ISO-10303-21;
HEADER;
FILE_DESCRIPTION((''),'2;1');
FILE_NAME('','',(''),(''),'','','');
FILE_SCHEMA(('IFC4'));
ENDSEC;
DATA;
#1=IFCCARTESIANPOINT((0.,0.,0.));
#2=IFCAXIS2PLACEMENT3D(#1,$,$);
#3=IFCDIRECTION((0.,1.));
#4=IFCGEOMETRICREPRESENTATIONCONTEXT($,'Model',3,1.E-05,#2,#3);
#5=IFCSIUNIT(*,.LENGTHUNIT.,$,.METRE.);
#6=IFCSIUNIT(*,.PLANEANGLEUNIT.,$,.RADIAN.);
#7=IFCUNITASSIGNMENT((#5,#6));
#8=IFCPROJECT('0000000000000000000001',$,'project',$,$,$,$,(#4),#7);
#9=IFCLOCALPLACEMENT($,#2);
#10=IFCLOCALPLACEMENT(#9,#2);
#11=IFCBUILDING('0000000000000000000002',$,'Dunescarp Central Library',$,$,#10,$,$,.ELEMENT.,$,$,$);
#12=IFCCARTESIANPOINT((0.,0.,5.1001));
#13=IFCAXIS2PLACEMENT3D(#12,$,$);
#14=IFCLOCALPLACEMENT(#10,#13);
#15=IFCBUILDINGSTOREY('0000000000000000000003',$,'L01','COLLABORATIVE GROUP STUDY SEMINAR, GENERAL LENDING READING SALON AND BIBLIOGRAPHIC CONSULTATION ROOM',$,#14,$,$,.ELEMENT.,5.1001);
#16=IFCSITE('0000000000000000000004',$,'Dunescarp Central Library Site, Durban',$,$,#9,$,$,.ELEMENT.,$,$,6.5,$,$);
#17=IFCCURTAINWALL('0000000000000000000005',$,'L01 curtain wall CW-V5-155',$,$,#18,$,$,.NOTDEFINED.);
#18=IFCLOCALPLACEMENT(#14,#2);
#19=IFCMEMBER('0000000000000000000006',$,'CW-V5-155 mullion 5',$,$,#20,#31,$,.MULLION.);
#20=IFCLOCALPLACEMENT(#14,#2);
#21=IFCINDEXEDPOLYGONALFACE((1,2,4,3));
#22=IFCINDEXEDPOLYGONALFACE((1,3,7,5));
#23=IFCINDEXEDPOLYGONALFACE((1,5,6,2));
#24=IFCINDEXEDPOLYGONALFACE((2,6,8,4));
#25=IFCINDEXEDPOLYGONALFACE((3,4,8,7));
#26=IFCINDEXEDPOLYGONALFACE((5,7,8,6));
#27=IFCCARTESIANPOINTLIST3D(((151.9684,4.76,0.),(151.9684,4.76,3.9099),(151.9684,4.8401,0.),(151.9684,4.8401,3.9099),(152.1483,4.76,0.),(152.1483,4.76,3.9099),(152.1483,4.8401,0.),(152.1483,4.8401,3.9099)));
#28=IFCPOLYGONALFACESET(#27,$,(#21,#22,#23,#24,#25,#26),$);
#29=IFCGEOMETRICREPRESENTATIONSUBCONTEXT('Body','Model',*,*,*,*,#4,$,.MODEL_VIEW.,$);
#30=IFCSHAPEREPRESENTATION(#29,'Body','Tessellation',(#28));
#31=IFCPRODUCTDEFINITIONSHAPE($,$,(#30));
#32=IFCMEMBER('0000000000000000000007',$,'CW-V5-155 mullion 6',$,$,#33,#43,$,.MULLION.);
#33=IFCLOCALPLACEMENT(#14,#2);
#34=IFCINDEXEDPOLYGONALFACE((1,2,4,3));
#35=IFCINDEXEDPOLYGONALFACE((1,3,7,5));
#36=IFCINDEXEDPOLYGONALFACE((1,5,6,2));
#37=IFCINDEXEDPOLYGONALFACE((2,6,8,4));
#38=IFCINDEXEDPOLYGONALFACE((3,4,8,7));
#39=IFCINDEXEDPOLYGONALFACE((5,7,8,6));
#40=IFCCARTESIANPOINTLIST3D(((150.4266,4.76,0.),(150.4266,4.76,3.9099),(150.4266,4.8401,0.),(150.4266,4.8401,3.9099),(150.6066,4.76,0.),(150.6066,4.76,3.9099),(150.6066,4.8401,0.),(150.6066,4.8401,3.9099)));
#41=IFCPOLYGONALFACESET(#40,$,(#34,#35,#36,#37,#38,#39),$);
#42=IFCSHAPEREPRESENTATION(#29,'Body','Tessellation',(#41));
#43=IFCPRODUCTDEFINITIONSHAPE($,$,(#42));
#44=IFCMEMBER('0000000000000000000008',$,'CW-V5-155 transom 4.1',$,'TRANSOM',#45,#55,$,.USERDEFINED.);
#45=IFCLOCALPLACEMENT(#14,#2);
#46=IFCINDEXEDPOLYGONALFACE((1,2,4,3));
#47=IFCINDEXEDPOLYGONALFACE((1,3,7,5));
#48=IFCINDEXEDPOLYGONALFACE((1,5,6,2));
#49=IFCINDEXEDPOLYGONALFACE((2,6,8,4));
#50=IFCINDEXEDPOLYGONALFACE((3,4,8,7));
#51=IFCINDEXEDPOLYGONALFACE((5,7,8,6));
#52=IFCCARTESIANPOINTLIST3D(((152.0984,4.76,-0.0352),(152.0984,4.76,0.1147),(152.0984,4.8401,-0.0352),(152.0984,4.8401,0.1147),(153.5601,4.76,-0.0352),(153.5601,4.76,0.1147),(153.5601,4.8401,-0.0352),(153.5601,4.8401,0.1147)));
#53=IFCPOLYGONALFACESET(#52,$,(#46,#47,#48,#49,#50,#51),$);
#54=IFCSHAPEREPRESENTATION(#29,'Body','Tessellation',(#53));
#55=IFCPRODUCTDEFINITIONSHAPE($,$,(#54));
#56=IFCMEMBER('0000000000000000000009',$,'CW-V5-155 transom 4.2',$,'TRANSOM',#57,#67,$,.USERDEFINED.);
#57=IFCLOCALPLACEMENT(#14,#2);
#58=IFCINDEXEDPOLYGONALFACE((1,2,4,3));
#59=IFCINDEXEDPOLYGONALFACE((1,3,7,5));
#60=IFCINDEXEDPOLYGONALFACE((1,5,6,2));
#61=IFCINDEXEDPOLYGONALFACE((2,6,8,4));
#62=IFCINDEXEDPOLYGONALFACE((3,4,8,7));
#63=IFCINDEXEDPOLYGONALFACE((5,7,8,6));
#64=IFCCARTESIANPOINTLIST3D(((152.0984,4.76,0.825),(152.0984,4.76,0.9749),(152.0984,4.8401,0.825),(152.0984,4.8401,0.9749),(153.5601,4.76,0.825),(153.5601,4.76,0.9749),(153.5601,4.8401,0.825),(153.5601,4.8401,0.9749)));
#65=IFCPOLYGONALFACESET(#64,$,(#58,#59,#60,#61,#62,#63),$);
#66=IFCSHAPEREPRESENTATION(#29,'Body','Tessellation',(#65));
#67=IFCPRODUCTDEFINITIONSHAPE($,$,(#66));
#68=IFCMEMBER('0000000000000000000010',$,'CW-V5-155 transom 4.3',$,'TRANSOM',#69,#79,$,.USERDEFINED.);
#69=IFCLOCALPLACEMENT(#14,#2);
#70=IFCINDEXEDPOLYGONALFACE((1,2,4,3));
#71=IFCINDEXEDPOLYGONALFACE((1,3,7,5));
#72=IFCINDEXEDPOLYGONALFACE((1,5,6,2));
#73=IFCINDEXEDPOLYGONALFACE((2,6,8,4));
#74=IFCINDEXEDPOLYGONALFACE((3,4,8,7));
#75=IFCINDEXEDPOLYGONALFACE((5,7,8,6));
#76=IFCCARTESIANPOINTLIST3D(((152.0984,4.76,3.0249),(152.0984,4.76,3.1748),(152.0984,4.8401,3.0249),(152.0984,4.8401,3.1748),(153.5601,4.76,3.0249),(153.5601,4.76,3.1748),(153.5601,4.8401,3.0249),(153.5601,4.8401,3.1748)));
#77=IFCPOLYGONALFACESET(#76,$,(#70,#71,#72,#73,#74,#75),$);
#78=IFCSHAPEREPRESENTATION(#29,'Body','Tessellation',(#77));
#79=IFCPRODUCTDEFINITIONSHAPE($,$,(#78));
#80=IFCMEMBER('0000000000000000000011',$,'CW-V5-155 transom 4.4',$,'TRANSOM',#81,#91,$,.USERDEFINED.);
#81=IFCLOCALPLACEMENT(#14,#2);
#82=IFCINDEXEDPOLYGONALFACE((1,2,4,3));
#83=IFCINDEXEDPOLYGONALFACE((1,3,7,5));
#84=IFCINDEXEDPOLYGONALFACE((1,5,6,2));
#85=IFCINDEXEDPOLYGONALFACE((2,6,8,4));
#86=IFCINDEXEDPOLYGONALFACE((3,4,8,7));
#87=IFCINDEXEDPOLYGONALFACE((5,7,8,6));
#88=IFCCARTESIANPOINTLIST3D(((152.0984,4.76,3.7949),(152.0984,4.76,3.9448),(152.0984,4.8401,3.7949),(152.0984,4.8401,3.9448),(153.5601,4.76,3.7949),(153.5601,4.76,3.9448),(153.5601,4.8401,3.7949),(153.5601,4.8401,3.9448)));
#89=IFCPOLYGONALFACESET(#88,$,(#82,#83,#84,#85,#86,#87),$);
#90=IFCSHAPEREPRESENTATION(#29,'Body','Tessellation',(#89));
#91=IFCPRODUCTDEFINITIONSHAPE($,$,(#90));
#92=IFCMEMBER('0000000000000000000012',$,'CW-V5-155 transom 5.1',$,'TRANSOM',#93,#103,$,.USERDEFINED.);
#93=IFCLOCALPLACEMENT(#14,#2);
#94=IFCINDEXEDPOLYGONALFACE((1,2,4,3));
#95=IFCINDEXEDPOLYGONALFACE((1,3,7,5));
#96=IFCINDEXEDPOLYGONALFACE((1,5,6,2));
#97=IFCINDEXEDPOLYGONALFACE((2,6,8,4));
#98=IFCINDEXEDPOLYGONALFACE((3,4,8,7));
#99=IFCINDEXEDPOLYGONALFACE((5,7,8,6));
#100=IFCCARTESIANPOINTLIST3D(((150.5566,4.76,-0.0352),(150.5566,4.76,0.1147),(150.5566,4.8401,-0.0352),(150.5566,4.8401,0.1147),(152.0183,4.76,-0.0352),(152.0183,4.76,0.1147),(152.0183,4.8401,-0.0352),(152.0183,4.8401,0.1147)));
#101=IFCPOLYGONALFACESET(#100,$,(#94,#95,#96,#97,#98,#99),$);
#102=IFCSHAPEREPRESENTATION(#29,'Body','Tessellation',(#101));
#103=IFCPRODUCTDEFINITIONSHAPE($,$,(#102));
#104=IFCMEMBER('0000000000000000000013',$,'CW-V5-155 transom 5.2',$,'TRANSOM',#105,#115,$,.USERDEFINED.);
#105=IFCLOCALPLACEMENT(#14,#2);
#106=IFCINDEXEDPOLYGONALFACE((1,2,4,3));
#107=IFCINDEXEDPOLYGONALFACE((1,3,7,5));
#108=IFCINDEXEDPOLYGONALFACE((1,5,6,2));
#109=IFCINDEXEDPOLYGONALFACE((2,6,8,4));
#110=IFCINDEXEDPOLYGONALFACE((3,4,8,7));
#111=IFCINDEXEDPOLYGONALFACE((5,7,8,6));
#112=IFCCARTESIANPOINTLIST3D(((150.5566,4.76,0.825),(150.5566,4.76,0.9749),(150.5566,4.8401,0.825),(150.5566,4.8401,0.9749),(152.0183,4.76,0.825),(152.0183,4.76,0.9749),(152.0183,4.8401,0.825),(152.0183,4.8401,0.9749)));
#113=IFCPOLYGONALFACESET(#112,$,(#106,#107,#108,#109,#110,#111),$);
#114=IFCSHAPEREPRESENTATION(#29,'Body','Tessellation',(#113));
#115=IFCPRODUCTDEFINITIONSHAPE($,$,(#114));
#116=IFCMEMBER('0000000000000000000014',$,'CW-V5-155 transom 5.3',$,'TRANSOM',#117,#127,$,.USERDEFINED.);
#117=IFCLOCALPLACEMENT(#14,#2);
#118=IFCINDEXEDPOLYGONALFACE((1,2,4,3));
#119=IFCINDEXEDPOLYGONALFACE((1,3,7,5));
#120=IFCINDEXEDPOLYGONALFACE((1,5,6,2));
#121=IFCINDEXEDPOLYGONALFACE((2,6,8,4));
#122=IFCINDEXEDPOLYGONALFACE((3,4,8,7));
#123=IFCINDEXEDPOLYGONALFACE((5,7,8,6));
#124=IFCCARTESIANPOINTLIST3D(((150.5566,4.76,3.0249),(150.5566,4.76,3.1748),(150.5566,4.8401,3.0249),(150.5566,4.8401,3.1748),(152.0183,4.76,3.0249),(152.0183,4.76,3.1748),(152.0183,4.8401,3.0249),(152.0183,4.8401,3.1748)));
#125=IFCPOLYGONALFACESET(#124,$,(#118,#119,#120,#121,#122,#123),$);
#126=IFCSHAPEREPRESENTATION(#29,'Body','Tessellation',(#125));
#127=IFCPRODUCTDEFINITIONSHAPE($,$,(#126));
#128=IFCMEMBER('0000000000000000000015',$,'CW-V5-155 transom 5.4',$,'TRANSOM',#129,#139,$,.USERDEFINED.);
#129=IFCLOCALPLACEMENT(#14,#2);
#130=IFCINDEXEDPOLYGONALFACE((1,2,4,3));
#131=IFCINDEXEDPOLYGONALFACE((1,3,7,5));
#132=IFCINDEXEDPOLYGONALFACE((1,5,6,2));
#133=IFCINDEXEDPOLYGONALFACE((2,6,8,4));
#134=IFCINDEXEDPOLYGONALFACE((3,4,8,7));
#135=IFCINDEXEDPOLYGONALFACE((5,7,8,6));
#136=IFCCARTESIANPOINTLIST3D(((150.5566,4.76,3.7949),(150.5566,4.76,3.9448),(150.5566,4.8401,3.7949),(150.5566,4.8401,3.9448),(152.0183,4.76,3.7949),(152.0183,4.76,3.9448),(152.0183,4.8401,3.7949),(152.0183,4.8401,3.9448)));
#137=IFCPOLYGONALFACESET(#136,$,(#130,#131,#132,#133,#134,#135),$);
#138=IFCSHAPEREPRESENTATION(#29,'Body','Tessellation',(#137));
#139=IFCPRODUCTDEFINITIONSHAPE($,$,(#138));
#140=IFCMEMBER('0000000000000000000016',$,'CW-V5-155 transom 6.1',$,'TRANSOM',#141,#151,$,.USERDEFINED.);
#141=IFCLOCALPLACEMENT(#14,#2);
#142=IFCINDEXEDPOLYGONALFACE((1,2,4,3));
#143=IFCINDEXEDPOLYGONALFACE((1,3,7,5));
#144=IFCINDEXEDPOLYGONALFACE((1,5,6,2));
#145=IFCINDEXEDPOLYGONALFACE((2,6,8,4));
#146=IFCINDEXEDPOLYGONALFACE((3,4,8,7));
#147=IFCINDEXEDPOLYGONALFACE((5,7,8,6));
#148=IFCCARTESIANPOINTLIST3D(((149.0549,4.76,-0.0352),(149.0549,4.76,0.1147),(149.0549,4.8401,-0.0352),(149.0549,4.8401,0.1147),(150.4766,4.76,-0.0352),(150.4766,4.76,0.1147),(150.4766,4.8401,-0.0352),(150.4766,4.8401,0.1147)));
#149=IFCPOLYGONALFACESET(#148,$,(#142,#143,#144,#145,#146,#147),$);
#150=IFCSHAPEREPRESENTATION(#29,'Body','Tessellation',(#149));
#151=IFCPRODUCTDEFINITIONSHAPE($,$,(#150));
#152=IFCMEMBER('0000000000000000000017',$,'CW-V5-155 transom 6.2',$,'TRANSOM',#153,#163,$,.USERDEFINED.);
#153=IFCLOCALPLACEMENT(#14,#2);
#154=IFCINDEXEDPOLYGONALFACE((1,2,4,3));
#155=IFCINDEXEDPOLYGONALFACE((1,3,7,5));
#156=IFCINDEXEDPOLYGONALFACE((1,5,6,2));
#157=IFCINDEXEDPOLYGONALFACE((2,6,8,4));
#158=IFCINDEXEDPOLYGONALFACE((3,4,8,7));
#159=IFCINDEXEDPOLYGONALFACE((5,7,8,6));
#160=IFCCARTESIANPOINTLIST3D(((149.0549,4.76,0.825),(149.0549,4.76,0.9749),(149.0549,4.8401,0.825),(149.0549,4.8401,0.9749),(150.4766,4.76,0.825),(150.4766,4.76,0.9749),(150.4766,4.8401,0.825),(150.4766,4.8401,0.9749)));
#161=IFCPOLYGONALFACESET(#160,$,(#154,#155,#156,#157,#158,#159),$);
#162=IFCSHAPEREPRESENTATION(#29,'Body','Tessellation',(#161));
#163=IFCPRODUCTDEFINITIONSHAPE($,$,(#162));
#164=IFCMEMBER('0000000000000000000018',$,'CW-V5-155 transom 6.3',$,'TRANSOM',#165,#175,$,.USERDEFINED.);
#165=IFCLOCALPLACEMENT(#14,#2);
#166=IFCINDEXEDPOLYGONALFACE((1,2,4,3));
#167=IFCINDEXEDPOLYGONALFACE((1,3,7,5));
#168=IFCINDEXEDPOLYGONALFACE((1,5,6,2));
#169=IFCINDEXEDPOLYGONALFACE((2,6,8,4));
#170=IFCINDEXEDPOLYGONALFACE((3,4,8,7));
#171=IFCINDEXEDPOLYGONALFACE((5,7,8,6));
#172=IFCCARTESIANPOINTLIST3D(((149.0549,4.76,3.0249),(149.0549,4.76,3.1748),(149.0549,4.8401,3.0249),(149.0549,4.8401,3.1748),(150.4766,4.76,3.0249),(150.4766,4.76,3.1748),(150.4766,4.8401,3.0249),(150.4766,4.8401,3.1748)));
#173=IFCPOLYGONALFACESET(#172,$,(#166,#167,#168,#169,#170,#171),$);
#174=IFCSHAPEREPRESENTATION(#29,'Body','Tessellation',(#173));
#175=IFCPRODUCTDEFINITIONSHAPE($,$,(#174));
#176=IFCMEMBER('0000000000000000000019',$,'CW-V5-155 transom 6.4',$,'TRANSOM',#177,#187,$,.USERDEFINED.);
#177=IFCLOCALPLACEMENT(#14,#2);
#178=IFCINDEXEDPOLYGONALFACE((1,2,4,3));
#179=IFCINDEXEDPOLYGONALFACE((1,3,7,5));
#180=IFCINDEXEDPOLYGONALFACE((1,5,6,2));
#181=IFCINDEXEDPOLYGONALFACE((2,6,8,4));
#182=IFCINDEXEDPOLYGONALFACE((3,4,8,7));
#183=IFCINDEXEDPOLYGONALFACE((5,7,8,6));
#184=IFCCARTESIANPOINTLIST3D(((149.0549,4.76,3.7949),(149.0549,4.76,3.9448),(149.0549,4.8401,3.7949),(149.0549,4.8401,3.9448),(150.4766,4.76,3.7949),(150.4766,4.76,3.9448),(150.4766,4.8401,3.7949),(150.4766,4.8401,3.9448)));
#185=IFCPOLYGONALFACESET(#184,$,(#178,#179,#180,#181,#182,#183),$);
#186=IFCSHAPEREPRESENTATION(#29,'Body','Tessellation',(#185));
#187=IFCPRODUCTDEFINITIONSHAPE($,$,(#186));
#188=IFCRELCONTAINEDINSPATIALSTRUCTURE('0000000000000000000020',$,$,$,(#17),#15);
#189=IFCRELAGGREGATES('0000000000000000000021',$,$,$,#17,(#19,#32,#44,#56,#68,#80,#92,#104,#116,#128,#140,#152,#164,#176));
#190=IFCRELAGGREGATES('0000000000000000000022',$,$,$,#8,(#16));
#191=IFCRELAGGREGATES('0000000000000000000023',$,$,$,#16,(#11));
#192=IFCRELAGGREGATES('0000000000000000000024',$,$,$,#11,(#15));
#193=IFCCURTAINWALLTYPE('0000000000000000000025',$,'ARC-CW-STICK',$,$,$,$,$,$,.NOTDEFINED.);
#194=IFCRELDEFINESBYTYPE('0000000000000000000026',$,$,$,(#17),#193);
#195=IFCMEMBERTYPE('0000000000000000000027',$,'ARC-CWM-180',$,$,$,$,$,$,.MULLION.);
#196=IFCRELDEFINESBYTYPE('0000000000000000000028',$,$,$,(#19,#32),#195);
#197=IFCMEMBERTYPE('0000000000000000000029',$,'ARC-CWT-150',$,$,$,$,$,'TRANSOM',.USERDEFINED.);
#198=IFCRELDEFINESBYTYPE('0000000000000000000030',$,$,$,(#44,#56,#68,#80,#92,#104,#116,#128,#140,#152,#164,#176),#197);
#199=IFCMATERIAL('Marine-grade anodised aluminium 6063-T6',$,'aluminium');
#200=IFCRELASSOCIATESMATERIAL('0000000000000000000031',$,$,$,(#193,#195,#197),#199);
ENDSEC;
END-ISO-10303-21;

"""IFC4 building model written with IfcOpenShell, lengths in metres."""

from ifc_helpers import new_model, si_unit, direction, frame, origin, origin_2d, place, context, subcontext, project, spatial, rectangle, extrude, material, material_profile, profile_set, type_object, element, aggregate, save


model = new_model("IFC4")

# Units and contexts
model_context = context("Model", 3, precision=1e-05, world=origin(), true_north=direction((0.0, 1.0)))
body_context = subcontext(model_context, "Body", "Model", "MODEL_VIEW")
ifc_project = project(units=[si_unit("LENGTHUNIT", "METRE"), si_unit("PLANEANGLEUNIT", "RADIAN")], contexts=[model_context])

# Site, building, storey
site_placement = place(None, origin())
site = spatial("IfcSite", under=ifc_project, at=site_placement, Name="Dunescarp Central Library Site, Durban", CompositionType="ELEMENT", RefElevation=6.5)
building_placement = place(site_placement, origin())
building = spatial("IfcBuilding", under=site, at=building_placement, Name="Dunescarp Central Library", CompositionType="ELEMENT")
storey_placement = place(building_placement, frame((0.0, 0.0, 5.1001)))
storey = spatial("IfcBuildingStorey", under=building, at=storey_placement, Name="L01", Description="COLLABORATIVE GROUP STUDY SEMINAR, GENERAL LENDING READING SALON AND BIBLIOGRAPHIC CONSULTATION ROOM", CompositionType="ELEMENT", Elevation=5.1001)

# Curtain wall, members
ifc_material_1 = material(Name="Marine-grade anodised aluminium 6063-T6", Category="aluminium")
curtain_wall_type = type_object("IfcCurtainWallType", Name="ARC-CW-STICK", PredefinedType="NOTDEFINED", material=ifc_material_1)
curtain_wall_placement = place(storey_placement, origin())
curtain_wall = element("IfcCurtainWall", 1, at=curtain_wall_placement, inside=storey, type_object=curtain_wall_type, Name="L01 curtain wall CW-V5-155", PredefinedType="NOTDEFINED")
ifc_material_profile_1 = material_profile(ifc_material_1, rectangle(XDim=0.0801, YDim=0.1799, at=origin_2d()), Name="AL 80x180")
ifc_profile_set_1 = profile_set([ifc_material_profile_1], Name="Marine-grade anodised aluminium 6063-T6")
member_type_1 = type_object("IfcMemberType", Name="ARC-CWM-180", PredefinedType="MULLION", material=ifc_profile_set_1)
member_1_placement = place(storey_placement, frame((152.0583, 4.8, 0.0), z_axis=(0.0, 0.0, 1.0), x_axis=(0.0, -1.0, 0.0)))
member_1 = element("IfcMember", 2, at=member_1_placement, type_object=member_type_1, Name="CW-V5-155 mullion 5", PredefinedType="MULLION", context=body_context, shape_type="SweptSolid", body=[
    extrude(rectangle(XDim=0.0801, YDim=0.1799, at=origin_2d()), origin(), (0.0, 0.0, 1.0), 3.9099),
])
member_2_placement = place(storey_placement, frame((150.5166, 4.8, 0.0), z_axis=(0.0, 0.0, 1.0), x_axis=(0.0, -1.0, 0.0)))
member_2 = element("IfcMember", 3, at=member_2_placement, type_object=member_type_1, Name="CW-V5-155 mullion 6", PredefinedType="MULLION", context=body_context, shape_type="SweptSolid", body=[
    extrude(rectangle(XDim=0.0801, YDim=0.1799, at=origin_2d()), origin(), (0.0, 0.0, 1.0), 3.9099),
])
ifc_material_profile_2 = material_profile(ifc_material_1, rectangle(XDim=0.0801, YDim=0.1499, at=origin_2d()), Name="AL 80x150")
ifc_profile_set_2 = profile_set([ifc_material_profile_2], Name="Marine-grade anodised aluminium 6063-T6")
member_type_2 = type_object("IfcMemberType", Name="ARC-CWT-150", ElementType="TRANSOM", PredefinedType="USERDEFINED", material=ifc_profile_set_2)
member_3_placement = place(storey_placement, frame((153.5601, 4.8, 0.0398), z_axis=(-1.0, 0.0, 0.0), x_axis=(0.0, -1.0, 0.0)))
member_3 = element("IfcMember", 4, at=member_3_placement, type_object=member_type_2, Name="CW-V5-155 transom 4.1", ObjectType="TRANSOM", PredefinedType="USERDEFINED", context=body_context, shape_type="SweptSolid", body=[
    extrude(rectangle(XDim=0.0801, YDim=0.1499, at=origin_2d()), origin(), (0.0, 0.0, 1.0), 1.4617),
])
member_4_placement = place(storey_placement, frame((153.5601, 4.8, 0.8999), z_axis=(-1.0, 0.0, 0.0), x_axis=(0.0, -1.0, 0.0)))
member_4 = element("IfcMember", 5, at=member_4_placement, type_object=member_type_2, Name="CW-V5-155 transom 4.2", ObjectType="TRANSOM", PredefinedType="USERDEFINED", context=body_context, shape_type="SweptSolid", body=[
    extrude(rectangle(XDim=0.0801, YDim=0.1499, at=origin_2d()), origin(), (0.0, 0.0, 1.0), 1.4617),
])
member_5_placement = place(storey_placement, frame((153.5601, 4.8, 3.0999), z_axis=(-1.0, 0.0, 0.0), x_axis=(0.0, -1.0, 0.0)))
member_5 = element("IfcMember", 6, at=member_5_placement, type_object=member_type_2, Name="CW-V5-155 transom 4.3", ObjectType="TRANSOM", PredefinedType="USERDEFINED", context=body_context, shape_type="SweptSolid", body=[
    extrude(rectangle(XDim=0.0801, YDim=0.1499, at=origin_2d()), origin(), (0.0, 0.0, 1.0), 1.4617),
])
member_6_placement = place(storey_placement, frame((153.5601, 4.8, 3.8699), z_axis=(-1.0, 0.0, 0.0), x_axis=(0.0, -1.0, 0.0)))
member_6 = element("IfcMember", 7, at=member_6_placement, type_object=member_type_2, Name="CW-V5-155 transom 4.4", ObjectType="TRANSOM", PredefinedType="USERDEFINED", context=body_context, shape_type="SweptSolid", body=[
    extrude(rectangle(XDim=0.0801, YDim=0.1499, at=origin_2d()), origin(), (0.0, 0.0, 1.0), 1.4617),
])
member_7_placement = place(storey_placement, frame((152.0183, 4.8, 0.0398), z_axis=(-1.0, 0.0, 0.0), x_axis=(0.0, -1.0, 0.0)))
member_7 = element("IfcMember", 8, at=member_7_placement, type_object=member_type_2, Name="CW-V5-155 transom 5.1", ObjectType="TRANSOM", PredefinedType="USERDEFINED", context=body_context, shape_type="SweptSolid", body=[
    extrude(rectangle(XDim=0.0801, YDim=0.1499, at=origin_2d()), origin(), (0.0, 0.0, 1.0), 1.4617),
])
member_8_placement = place(storey_placement, frame((152.0183, 4.8, 0.8999), z_axis=(-1.0, 0.0, 0.0), x_axis=(0.0, -1.0, 0.0)))
member_8 = element("IfcMember", 9, at=member_8_placement, type_object=member_type_2, Name="CW-V5-155 transom 5.2", ObjectType="TRANSOM", PredefinedType="USERDEFINED", context=body_context, shape_type="SweptSolid", body=[
    extrude(rectangle(XDim=0.0801, YDim=0.1499, at=origin_2d()), origin(), (0.0, 0.0, 1.0), 1.4617),
])
member_9_placement = place(storey_placement, frame((152.0183, 4.8, 3.0999), z_axis=(-1.0, 0.0, 0.0), x_axis=(0.0, -1.0, 0.0)))
member_9 = element("IfcMember", 10, at=member_9_placement, type_object=member_type_2, Name="CW-V5-155 transom 5.3", ObjectType="TRANSOM", PredefinedType="USERDEFINED", context=body_context, shape_type="SweptSolid", body=[
    extrude(rectangle(XDim=0.0801, YDim=0.1499, at=origin_2d()), origin(), (0.0, 0.0, 1.0), 1.4617),
])
member_10_placement = place(storey_placement, frame((152.0183, 4.8, 3.8699), z_axis=(-1.0, 0.0, 0.0), x_axis=(0.0, -1.0, 0.0)))
member_10 = element("IfcMember", 11, at=member_10_placement, type_object=member_type_2, Name="CW-V5-155 transom 5.4", ObjectType="TRANSOM", PredefinedType="USERDEFINED", context=body_context, shape_type="SweptSolid", body=[
    extrude(rectangle(XDim=0.0801, YDim=0.1499, at=origin_2d()), origin(), (0.0, 0.0, 1.0), 1.4617),
])
member_11_placement = place(storey_placement, frame((150.4766, 4.8, 0.0398), z_axis=(-1.0, 0.0, 0.0), x_axis=(0.0, -1.0, 0.0)))
member_11 = element("IfcMember", 12, at=member_11_placement, type_object=member_type_2, Name="CW-V5-155 transom 6.1", ObjectType="TRANSOM", PredefinedType="USERDEFINED", context=body_context, shape_type="SweptSolid", body=[
    extrude(rectangle(XDim=0.0801, YDim=0.1499, at=origin_2d()), origin(), (0.0, 0.0, 1.0), 1.4216),
])
member_12_placement = place(storey_placement, frame((150.4766, 4.8, 0.8999), z_axis=(-1.0, 0.0, 0.0), x_axis=(0.0, -1.0, 0.0)))
member_12 = element("IfcMember", 13, at=member_12_placement, type_object=member_type_2, Name="CW-V5-155 transom 6.2", ObjectType="TRANSOM", PredefinedType="USERDEFINED", context=body_context, shape_type="SweptSolid", body=[
    extrude(rectangle(XDim=0.0801, YDim=0.1499, at=origin_2d()), origin(), (0.0, 0.0, 1.0), 1.4216),
])
member_13_placement = place(storey_placement, frame((150.4766, 4.8, 3.0999), z_axis=(-1.0, 0.0, 0.0), x_axis=(0.0, -1.0, 0.0)))
member_13 = element("IfcMember", 14, at=member_13_placement, type_object=member_type_2, Name="CW-V5-155 transom 6.3", ObjectType="TRANSOM", PredefinedType="USERDEFINED", context=body_context, shape_type="SweptSolid", body=[
    extrude(rectangle(XDim=0.0801, YDim=0.1499, at=origin_2d()), origin(), (0.0, 0.0, 1.0), 1.4216),
])
member_14_placement = place(storey_placement, frame((150.4766, 4.8, 3.8699), z_axis=(-1.0, 0.0, 0.0), x_axis=(0.0, -1.0, 0.0)))
member_14 = element("IfcMember", 15, at=member_14_placement, type_object=member_type_2, Name="CW-V5-155 transom 6.4", ObjectType="TRANSOM", PredefinedType="USERDEFINED", context=body_context, shape_type="SweptSolid", body=[
    extrude(rectangle(XDim=0.0801, YDim=0.1499, at=origin_2d()), origin(), (0.0, 0.0, 1.0), 1.4216),
])
aggregate(curtain_wall, [member_1, member_2, member_3, member_4, member_5, member_6, member_7, member_8, member_9, member_10, member_11, member_12, member_13, member_14])

save(model, "model.ifc")
